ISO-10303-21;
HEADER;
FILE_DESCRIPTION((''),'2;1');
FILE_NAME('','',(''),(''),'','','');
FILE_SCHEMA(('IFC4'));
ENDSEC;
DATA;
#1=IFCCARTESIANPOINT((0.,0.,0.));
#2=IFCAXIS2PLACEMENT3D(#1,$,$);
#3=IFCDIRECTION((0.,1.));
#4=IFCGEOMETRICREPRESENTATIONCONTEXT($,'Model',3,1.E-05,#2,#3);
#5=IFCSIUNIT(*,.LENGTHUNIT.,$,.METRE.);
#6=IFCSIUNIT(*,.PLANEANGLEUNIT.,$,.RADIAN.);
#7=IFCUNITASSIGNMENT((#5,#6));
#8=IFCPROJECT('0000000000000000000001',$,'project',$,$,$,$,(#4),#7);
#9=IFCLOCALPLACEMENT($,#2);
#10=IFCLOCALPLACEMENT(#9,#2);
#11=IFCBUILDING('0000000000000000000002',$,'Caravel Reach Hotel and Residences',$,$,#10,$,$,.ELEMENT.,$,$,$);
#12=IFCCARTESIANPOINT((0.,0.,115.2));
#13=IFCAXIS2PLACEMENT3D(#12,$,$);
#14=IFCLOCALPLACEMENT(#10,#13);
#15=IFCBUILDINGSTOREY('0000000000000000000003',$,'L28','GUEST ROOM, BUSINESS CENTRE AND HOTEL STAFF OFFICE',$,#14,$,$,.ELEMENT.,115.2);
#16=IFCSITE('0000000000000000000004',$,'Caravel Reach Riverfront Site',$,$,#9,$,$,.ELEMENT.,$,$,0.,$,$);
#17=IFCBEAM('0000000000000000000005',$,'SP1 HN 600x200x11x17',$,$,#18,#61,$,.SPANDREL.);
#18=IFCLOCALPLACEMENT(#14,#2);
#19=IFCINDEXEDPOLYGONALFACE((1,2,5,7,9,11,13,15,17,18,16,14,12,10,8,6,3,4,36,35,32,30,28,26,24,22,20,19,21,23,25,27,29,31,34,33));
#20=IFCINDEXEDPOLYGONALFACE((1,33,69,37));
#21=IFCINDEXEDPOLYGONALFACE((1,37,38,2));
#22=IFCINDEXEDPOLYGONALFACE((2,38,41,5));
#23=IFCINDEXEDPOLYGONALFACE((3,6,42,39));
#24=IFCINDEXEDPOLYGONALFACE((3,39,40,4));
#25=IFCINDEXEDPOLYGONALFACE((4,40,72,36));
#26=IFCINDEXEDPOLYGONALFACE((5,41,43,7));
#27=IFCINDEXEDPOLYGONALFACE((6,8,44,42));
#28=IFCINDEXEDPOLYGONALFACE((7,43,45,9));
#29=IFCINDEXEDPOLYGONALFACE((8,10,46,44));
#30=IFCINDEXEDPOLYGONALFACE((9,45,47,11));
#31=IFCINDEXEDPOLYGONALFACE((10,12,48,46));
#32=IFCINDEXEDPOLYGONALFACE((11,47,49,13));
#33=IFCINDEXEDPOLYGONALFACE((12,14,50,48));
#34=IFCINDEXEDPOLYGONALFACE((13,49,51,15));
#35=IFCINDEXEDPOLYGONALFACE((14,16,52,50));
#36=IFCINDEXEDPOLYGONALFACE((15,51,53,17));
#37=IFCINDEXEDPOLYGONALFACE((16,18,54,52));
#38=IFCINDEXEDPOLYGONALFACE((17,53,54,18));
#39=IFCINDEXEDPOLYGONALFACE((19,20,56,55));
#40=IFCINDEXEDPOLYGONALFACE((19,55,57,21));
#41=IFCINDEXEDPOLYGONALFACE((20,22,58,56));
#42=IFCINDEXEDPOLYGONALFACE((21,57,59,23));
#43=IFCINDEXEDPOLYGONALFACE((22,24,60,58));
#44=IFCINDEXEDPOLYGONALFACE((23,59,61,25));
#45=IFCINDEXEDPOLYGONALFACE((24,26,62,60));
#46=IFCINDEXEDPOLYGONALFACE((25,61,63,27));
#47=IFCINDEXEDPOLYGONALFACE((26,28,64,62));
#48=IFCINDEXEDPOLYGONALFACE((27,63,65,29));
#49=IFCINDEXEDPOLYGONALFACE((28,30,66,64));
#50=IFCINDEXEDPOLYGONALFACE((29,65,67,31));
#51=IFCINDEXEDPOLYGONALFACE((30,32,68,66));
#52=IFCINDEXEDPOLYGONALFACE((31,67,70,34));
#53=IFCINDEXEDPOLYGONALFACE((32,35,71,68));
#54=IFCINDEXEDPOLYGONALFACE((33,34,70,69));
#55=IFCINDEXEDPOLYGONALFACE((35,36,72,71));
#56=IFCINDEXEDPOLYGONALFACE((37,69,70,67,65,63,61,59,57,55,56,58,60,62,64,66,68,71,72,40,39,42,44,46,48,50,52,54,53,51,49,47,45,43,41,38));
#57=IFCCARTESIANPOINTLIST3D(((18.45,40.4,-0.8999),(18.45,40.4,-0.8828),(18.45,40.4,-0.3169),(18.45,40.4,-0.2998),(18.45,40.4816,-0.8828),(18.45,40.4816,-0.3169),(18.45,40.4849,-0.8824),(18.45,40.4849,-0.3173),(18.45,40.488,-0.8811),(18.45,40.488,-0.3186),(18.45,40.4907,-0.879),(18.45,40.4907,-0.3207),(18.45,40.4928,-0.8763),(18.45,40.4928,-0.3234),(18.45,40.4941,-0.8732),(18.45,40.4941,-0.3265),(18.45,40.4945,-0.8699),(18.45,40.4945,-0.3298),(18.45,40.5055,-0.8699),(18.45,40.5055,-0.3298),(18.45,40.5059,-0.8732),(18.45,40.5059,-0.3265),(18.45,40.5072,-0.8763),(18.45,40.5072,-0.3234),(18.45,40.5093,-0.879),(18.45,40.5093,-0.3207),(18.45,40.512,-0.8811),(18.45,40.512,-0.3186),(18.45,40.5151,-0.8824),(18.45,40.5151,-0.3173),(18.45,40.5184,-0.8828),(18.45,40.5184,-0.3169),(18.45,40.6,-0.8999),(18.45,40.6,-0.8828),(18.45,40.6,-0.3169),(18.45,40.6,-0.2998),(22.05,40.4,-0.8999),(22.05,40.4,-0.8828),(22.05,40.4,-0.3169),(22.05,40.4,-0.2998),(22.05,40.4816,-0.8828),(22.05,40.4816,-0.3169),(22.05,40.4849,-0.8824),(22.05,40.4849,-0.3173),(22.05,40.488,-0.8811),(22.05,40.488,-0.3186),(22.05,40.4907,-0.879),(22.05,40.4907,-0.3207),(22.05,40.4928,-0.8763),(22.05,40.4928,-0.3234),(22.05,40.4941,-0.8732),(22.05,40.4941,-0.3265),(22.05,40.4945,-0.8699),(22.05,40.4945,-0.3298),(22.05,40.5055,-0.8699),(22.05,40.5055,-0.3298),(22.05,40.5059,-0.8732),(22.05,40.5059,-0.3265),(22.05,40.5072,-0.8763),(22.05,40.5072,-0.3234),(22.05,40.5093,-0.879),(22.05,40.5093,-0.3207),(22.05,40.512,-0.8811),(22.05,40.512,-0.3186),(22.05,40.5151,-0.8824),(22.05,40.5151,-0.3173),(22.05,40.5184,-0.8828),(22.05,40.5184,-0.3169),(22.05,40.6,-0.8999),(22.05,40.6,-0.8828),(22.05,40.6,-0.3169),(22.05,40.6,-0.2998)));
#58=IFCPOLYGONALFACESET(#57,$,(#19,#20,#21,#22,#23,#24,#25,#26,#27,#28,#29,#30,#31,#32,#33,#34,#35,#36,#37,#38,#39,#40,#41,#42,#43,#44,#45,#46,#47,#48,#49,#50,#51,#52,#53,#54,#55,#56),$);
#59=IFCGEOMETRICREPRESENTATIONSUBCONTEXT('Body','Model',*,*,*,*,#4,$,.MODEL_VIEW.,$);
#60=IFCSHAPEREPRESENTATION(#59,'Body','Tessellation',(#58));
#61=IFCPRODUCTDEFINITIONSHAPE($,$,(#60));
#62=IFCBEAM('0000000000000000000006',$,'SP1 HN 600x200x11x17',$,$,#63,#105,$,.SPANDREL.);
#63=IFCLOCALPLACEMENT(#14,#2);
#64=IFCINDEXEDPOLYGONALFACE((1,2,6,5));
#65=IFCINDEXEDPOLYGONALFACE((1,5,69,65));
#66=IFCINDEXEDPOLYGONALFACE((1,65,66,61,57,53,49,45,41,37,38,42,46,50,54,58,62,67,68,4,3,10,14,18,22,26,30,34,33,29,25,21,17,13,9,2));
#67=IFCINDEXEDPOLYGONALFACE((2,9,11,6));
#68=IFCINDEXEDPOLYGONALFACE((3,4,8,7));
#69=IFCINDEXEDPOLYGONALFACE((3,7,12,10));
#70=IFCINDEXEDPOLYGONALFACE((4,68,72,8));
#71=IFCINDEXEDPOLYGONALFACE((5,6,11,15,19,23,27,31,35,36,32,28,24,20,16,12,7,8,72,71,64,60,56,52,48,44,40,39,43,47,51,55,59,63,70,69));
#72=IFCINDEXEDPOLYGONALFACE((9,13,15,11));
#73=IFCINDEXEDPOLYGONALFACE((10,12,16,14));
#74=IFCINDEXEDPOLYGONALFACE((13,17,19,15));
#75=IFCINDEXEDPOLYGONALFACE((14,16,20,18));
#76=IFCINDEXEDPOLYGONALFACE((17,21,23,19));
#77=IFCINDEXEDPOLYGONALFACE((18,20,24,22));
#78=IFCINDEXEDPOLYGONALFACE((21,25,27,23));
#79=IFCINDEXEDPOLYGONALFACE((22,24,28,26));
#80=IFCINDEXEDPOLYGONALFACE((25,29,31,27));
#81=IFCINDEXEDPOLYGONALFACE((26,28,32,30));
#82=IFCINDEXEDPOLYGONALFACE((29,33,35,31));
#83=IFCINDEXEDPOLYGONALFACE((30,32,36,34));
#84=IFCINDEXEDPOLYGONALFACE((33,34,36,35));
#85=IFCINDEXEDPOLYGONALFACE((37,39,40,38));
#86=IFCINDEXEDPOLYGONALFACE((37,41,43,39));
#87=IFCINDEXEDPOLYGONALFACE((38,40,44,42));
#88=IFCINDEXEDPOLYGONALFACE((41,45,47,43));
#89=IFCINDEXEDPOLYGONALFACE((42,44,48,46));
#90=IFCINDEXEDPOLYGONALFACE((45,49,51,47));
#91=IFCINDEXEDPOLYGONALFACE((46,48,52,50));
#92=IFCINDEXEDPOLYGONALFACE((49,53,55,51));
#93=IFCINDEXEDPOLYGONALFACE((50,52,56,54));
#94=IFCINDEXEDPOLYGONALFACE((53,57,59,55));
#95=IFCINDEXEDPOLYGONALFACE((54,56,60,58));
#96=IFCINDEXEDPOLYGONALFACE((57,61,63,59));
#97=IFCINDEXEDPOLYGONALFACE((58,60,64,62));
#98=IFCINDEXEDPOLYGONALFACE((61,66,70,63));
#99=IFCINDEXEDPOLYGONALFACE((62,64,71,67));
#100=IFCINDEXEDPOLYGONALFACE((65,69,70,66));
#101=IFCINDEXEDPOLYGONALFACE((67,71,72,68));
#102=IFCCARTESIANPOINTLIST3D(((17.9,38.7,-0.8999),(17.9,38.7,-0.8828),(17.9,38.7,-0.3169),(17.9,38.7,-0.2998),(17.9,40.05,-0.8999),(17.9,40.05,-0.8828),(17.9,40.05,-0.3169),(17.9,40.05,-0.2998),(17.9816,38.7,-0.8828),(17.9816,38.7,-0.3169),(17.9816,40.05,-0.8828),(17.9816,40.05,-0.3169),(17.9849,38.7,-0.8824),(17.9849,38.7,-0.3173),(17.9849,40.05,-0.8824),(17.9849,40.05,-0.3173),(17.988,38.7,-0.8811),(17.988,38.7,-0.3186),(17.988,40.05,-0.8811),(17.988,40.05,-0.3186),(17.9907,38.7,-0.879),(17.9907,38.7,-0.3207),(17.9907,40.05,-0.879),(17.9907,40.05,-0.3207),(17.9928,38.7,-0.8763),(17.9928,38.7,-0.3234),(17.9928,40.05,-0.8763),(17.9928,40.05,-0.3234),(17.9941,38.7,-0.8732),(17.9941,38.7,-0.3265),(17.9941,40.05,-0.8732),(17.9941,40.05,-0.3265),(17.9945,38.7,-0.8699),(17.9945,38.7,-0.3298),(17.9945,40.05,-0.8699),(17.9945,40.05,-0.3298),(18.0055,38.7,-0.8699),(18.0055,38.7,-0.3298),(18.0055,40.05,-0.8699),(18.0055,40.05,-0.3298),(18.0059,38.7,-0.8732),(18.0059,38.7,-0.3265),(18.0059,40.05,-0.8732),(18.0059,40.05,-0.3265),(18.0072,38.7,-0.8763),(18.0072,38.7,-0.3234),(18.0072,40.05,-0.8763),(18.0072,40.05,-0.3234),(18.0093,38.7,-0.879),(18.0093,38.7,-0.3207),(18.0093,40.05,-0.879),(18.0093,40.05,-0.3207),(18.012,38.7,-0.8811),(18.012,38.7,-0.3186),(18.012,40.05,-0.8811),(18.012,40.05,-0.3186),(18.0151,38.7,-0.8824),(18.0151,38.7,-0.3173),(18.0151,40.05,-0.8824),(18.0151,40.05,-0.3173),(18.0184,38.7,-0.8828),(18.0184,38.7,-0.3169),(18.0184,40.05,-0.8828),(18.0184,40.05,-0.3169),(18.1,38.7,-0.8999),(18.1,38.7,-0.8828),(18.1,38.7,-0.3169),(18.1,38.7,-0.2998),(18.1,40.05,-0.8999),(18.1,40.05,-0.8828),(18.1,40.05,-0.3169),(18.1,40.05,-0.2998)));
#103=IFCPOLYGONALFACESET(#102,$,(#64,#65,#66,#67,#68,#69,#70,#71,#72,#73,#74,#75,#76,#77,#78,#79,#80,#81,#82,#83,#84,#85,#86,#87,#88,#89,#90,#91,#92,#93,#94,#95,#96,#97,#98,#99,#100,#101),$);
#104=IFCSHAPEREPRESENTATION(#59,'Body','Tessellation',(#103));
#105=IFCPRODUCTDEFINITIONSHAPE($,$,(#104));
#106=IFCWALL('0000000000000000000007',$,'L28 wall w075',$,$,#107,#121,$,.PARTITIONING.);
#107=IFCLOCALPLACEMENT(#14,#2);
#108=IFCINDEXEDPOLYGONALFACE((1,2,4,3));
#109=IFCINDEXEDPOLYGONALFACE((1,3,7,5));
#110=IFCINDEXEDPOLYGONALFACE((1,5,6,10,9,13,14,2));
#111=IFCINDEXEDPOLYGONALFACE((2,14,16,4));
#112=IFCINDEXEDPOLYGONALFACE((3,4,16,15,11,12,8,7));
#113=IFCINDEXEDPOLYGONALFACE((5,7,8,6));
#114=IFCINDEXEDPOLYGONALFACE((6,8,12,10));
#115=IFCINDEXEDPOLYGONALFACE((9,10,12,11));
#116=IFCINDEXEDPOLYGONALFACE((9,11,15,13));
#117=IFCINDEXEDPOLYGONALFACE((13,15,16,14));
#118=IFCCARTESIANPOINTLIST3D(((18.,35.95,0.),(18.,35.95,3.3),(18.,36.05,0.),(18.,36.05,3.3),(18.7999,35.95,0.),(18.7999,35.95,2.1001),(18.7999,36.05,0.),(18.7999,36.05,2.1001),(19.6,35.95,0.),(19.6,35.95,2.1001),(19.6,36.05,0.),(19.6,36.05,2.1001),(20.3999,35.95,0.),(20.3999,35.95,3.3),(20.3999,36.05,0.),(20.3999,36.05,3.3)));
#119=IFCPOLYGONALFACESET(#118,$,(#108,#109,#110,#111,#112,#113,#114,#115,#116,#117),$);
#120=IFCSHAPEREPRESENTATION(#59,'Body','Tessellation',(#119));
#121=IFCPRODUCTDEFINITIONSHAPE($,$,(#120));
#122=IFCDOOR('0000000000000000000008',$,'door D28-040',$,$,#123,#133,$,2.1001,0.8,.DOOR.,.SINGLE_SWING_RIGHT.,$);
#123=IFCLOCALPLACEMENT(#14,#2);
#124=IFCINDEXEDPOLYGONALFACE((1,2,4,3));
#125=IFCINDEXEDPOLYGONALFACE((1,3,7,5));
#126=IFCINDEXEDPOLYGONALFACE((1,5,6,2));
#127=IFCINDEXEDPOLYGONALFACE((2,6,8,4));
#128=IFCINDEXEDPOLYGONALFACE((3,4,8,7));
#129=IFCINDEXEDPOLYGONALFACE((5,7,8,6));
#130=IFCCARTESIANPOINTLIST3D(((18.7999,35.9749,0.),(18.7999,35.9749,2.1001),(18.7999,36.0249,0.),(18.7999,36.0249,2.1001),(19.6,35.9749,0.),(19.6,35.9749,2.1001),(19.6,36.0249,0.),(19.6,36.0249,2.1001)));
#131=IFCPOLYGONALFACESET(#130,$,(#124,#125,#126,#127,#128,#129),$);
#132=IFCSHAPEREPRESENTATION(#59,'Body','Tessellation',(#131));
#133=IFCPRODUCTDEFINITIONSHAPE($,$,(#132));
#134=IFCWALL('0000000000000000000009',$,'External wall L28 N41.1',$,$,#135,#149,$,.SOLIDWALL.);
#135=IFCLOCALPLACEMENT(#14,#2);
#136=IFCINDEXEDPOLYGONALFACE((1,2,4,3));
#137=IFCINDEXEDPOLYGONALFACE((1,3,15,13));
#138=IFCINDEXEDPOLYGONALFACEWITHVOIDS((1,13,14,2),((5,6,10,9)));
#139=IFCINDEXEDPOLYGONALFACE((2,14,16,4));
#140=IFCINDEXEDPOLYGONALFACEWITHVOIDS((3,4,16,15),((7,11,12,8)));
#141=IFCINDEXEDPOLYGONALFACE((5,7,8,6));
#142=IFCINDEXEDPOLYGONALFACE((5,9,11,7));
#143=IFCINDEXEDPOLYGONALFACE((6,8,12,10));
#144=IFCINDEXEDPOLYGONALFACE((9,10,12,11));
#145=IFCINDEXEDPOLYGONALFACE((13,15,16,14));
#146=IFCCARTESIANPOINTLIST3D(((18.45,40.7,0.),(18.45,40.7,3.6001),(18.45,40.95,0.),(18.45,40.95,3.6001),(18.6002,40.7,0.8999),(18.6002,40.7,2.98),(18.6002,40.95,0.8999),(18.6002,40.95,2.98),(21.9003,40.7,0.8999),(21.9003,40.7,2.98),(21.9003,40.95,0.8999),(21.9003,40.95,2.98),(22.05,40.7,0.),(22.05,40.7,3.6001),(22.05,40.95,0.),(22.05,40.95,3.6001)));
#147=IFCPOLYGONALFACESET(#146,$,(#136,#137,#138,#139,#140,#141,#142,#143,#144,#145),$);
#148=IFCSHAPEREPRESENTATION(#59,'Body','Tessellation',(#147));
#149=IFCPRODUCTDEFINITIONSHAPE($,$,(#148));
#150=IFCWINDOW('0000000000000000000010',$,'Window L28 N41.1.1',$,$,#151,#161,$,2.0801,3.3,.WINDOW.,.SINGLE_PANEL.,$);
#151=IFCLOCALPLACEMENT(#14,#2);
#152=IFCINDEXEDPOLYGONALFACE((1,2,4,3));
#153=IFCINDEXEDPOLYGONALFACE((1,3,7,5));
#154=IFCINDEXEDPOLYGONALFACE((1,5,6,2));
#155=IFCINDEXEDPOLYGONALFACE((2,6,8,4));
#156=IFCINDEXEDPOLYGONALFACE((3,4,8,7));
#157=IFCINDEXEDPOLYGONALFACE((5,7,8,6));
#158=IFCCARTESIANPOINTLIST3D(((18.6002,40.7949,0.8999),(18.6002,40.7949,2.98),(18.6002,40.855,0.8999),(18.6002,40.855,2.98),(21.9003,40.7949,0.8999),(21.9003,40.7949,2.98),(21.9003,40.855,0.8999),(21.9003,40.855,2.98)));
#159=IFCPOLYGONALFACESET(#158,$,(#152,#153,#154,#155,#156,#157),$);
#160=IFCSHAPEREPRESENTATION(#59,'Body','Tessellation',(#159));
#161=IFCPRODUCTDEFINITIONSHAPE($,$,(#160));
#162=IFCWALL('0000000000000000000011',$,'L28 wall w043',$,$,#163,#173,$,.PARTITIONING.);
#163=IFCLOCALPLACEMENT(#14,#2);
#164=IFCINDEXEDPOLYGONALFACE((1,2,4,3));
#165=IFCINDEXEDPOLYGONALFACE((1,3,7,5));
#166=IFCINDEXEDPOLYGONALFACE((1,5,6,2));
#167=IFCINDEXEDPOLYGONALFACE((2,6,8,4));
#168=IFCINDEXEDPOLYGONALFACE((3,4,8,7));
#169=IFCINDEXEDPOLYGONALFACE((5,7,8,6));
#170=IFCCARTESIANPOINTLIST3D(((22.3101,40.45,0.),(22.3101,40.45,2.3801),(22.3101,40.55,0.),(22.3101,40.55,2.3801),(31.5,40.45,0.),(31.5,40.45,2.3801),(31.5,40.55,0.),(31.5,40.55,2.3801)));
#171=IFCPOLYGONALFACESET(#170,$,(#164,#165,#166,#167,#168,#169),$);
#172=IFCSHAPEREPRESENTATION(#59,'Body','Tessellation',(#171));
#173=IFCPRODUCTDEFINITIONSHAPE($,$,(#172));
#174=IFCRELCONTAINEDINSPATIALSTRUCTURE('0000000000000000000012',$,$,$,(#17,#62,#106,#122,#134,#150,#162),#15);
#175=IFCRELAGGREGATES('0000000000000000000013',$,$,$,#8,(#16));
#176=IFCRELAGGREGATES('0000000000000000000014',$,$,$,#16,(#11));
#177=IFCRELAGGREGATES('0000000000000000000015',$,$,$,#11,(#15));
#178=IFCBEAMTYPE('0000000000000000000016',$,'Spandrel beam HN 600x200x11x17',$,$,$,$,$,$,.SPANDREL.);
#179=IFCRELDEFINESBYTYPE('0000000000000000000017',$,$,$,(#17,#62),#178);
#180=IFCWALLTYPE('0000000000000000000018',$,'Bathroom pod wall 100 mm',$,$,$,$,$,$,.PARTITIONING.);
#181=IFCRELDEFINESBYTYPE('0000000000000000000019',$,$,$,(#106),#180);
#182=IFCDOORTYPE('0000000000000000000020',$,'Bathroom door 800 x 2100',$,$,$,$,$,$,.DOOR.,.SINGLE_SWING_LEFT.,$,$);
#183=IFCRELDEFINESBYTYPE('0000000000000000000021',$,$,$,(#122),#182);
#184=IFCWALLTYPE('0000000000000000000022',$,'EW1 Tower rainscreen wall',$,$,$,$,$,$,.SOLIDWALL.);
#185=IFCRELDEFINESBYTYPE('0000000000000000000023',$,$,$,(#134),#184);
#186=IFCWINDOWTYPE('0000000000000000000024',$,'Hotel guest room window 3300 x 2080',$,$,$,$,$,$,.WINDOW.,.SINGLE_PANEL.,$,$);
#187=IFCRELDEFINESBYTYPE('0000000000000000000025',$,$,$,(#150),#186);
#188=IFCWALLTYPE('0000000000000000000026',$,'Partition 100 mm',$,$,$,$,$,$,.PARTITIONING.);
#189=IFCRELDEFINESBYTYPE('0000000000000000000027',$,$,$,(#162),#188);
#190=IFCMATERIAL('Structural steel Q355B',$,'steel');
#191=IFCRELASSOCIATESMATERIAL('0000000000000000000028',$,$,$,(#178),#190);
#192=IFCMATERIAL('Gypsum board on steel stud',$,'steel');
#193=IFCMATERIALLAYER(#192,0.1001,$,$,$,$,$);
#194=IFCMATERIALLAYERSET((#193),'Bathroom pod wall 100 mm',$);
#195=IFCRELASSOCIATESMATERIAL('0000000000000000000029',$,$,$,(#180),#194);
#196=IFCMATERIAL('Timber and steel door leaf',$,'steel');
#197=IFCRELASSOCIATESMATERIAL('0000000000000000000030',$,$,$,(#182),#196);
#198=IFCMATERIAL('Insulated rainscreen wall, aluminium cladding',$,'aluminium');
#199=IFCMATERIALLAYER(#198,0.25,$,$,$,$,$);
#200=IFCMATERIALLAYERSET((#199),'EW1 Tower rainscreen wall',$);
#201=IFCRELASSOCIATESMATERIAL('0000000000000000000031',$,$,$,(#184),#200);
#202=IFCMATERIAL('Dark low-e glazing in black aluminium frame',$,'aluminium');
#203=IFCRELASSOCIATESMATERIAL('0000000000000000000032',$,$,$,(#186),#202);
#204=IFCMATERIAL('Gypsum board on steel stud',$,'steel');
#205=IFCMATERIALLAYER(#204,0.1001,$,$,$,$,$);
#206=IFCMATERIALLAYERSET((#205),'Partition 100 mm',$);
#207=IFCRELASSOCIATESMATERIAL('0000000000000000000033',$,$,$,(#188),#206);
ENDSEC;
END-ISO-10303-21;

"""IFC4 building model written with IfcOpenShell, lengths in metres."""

from ifc_helpers import new_model, si_unit, direction, frame, frame_2d, origin, origin_2d, place, context, subcontext, project, spatial, rectangle, i_section, extrude, material, layer, layer_set, material_profile, profile_set, type_object, element, fill, save


model = new_model("IFC4")

# Units and contexts
model_context = context("Model", 3, precision=1e-05, world=origin(), true_north=direction((0.0, 1.0)))
body_context = subcontext(model_context, "Body", "Model", "MODEL_VIEW")
ifc_project = project(units=[si_unit("LENGTHUNIT", "METRE"), si_unit("PLANEANGLEUNIT", "RADIAN")], contexts=[model_context])

# Site, building, storey
site_placement = place(None, origin())
site = spatial("IfcSite", under=ifc_project, at=site_placement, Name="Caravel Reach Riverfront Site", CompositionType="ELEMENT", RefElevation=0.0)
building_placement = place(site_placement, origin())
building = spatial("IfcBuilding", under=site, at=building_placement, Name="Caravel Reach Hotel and Residences", CompositionType="ELEMENT")
storey_placement = place(building_placement, frame((0.0, 0.0, 115.2)))
storey = spatial("IfcBuildingStorey", under=building, at=storey_placement, Name="L28", Description="GUEST ROOM, BUSINESS CENTRE AND HOTEL STAFF OFFICE", CompositionType="ELEMENT", Elevation=115.2)

# Beams
ifc_material_1 = material(Name="Structural steel Q355B", Category="steel")
ifc_material_profile_1 = material_profile(ifc_material_1, i_section(OverallWidth=0.2, OverallDepth=0.6001, WebThickness=0.011, FlangeThickness=0.0171, FilletRadius=0.0129, at=origin_2d()), Name="HN 600x200x11x17")
ifc_profile_set_1 = profile_set([ifc_material_profile_1], Name="Structural steel Q355B")
beam_type_1 = type_object("IfcBeamType", Name="Spandrel beam HN 600x200x11x17", PredefinedType="SPANDREL", material=ifc_profile_set_1)
beam_1_placement = place(storey_placement, frame((22.05, 40.5, -0.5999), z_axis=(-1.0, 0.0, 0.0), x_axis=(0.0, -1.0, 0.0)))
element("IfcBeam", 1, at=beam_1_placement, inside=storey, type_object=beam_type_1, Name="SP1 HN 600x200x11x17", PredefinedType="SPANDREL", context=body_context, shape_type="SweptSolid", body=[
    extrude(i_section(OverallWidth=0.2, OverallDepth=0.6001, WebThickness=0.011, FlangeThickness=0.0171, FilletRadius=0.0129, at=origin_2d()), origin(), (0.0, 0.0, 1.0), 3.6001),
])
beam_2_placement = place(storey_placement, frame((18.0, 40.05, -0.5999), z_axis=(0.0, -1.0, 0.0), x_axis=(1.0, 0.0, 0.0)))
element("IfcBeam", 2, at=beam_2_placement, inside=storey, type_object=beam_type_1, Name="SP1 HN 600x200x11x17", PredefinedType="SPANDREL", context=body_context, shape_type="SweptSolid", body=[
    extrude(i_section(OverallWidth=0.2, OverallDepth=0.6001, WebThickness=0.011, FlangeThickness=0.0171, FilletRadius=0.0129, at=origin_2d()), origin(), (0.0, 0.0, 1.0), 1.3501),
])

# Wall, opening, door
ifc_material_2 = material(Name="Gypsum board on steel stud", Category="steel")
ifc_layer_1 = layer(ifc_material_2, 0.1001)
ifc_layer_set_1 = layer_set([ifc_layer_1], Name="Bathroom pod wall 100 mm")
wall_type_1 = type_object("IfcWallType", Name="Bathroom pod wall 100 mm", PredefinedType="PARTITIONING", material=ifc_layer_set_1)
wall_1_placement = place(storey_placement, frame((18.0, 36.0, 0.0), z_axis=(0.0, 0.0, 1.0), x_axis=(1.0, 0.0, 0.0)))
wall_1 = element("IfcWall", 3, at=wall_1_placement, inside=storey, type_object=wall_type_1, Name="L28 wall w075", PredefinedType="PARTITIONING", context=body_context, shape_type="SweptSolid", body=[
    extrude(rectangle(XDim=2.3999, YDim=0.1001, at=frame_2d((1.2, 0.0))), origin(), (0.0, 0.0, 1.0), 3.3),
])
opening_1_placement = place(wall_1_placement, frame((0.8, 0.0, 0.0)))
opening_1 = element("IfcOpeningElement", 4, at=opening_1_placement, cuts=wall_1, PredefinedType="OPENING", context=body_context, shape_type="SweptSolid", body=[
    extrude(rectangle(XDim=0.8, YDim=2.1001, at=frame_2d((0.3999, 1.05))), frame((0.0, 0.0601, 0.0), z_axis=(0.0, -1.0, 0.0), x_axis=(1.0, 0.0, 0.0)), (0.0, 0.0, 1.0), 0.1201),
])
ifc_material_3 = material(Name="Timber and steel door leaf", Category="steel")
door_type_1 = type_object("IfcDoorType", Name="Bathroom door 800 x 2100", OperationType="SINGLE_SWING_LEFT", PredefinedType="DOOR", material=ifc_material_3)
door_1_placement = place(opening_1_placement, origin())
door_1 = element("IfcDoor", 5, at=door_1_placement, inside=storey, type_object=door_type_1, Name="door D28-040", OperationType="SINGLE_SWING_RIGHT", OverallHeight=2.1001, OverallWidth=0.8, PredefinedType="DOOR", context=body_context, shape_type="SweptSolid", body=[
    extrude(rectangle(XDim=0.8, YDim=2.1001, at=frame_2d((0.3999, 1.05))), frame((0.0, 0.0249, 0.0), z_axis=(0.0, -1.0, 0.0), x_axis=(1.0, 0.0, 0.0)), (0.0, 0.0, 1.0), 0.05),
])
fill(opening_1, door_1)

# Wall, opening, window
ifc_material_4 = material(Name="Insulated rainscreen wall, aluminium cladding", Category="aluminium")
ifc_layer_2 = layer(ifc_material_4, 0.25)
ifc_layer_set_2 = layer_set([ifc_layer_2], Name="EW1 Tower rainscreen wall")
wall_type_2 = type_object("IfcWallType", Name="EW1 Tower rainscreen wall", PredefinedType="SOLIDWALL", material=ifc_layer_set_2)
wall_2_placement = place(storey_placement, frame((22.05, 40.825, 0.0), z_axis=(0.0, 0.0, 1.0), x_axis=(-1.0, 0.0, 0.0)))
wall_2 = element("IfcWall", 6, at=wall_2_placement, inside=storey, type_object=wall_type_2, Name="External wall L28 N41.1", PredefinedType="SOLIDWALL", context=body_context, shape_type="SweptSolid", body=[
    extrude(rectangle(XDim=3.6001, YDim=0.25, at=frame_2d((1.8, 0.0))), origin(), (0.0, 0.0, 1.0), 3.6001),
])
opening_2_placement = place(wall_2_placement, frame((0.1499, 0.0, 0.8999)))
opening_2 = element("IfcOpeningElement", 7, at=opening_2_placement, cuts=wall_2, PredefinedType="OPENING", context=body_context, shape_type="SweptSolid", body=[
    extrude(rectangle(XDim=3.3, YDim=2.0801, at=frame_2d((1.6499, 1.04))), frame((0.0, 0.135, 0.0), z_axis=(0.0, -1.0, 0.0), x_axis=(1.0, 0.0, 0.0)), (0.0, 0.0, 1.0), 0.27),
])
ifc_material_5 = material(Name="Dark low-e glazing in black aluminium frame", Category="aluminium")
window_type = type_object("IfcWindowType", Name="Hotel guest room window 3300 x 2080", PartitioningType="SINGLE_PANEL", PredefinedType="WINDOW", material=ifc_material_5)
window_placement = place(opening_2_placement, origin())
window = element("IfcWindow", 8, at=window_placement, inside=storey, type_object=window_type, Name="Window L28 N41.1.1", OverallHeight=2.0801, OverallWidth=3.3, PartitioningType="SINGLE_PANEL", PredefinedType="WINDOW", context=body_context, shape_type="SweptSolid", body=[
    extrude(rectangle(XDim=3.3, YDim=2.0801, at=frame_2d((1.6499, 1.04))), frame((0.0, 0.03, 0.0), z_axis=(0.0, -1.0, 0.0), x_axis=(1.0, 0.0, 0.0)), (0.0, 0.0, 1.0), 0.0601),
])
fill(opening_2, window)

# Wall
ifc_material_6 = material(Name="Gypsum board on steel stud", Category="steel")
ifc_layer_3 = layer(ifc_material_6, 0.1001)
ifc_layer_set_3 = layer_set([ifc_layer_3], Name="Partition 100 mm")
wall_type_3 = type_object("IfcWallType", Name="Partition 100 mm", PredefinedType="PARTITIONING", material=ifc_layer_set_3)
wall_3_placement = place(storey_placement, frame((22.3101, 40.5, 0.0), z_axis=(0.0, 0.0, 1.0), x_axis=(1.0, 0.0, 0.0)))
element("IfcWall", 9, at=wall_3_placement, inside=storey, type_object=wall_type_3, Name="L28 wall w043", PredefinedType="PARTITIONING", context=body_context, shape_type="SweptSolid", body=[
    extrude(rectangle(XDim=9.1899, YDim=0.1001, at=frame_2d((4.595, 0.0))), origin(), (0.0, 0.0, 1.0), 2.3801),
])

save(model, "model.ifc")
